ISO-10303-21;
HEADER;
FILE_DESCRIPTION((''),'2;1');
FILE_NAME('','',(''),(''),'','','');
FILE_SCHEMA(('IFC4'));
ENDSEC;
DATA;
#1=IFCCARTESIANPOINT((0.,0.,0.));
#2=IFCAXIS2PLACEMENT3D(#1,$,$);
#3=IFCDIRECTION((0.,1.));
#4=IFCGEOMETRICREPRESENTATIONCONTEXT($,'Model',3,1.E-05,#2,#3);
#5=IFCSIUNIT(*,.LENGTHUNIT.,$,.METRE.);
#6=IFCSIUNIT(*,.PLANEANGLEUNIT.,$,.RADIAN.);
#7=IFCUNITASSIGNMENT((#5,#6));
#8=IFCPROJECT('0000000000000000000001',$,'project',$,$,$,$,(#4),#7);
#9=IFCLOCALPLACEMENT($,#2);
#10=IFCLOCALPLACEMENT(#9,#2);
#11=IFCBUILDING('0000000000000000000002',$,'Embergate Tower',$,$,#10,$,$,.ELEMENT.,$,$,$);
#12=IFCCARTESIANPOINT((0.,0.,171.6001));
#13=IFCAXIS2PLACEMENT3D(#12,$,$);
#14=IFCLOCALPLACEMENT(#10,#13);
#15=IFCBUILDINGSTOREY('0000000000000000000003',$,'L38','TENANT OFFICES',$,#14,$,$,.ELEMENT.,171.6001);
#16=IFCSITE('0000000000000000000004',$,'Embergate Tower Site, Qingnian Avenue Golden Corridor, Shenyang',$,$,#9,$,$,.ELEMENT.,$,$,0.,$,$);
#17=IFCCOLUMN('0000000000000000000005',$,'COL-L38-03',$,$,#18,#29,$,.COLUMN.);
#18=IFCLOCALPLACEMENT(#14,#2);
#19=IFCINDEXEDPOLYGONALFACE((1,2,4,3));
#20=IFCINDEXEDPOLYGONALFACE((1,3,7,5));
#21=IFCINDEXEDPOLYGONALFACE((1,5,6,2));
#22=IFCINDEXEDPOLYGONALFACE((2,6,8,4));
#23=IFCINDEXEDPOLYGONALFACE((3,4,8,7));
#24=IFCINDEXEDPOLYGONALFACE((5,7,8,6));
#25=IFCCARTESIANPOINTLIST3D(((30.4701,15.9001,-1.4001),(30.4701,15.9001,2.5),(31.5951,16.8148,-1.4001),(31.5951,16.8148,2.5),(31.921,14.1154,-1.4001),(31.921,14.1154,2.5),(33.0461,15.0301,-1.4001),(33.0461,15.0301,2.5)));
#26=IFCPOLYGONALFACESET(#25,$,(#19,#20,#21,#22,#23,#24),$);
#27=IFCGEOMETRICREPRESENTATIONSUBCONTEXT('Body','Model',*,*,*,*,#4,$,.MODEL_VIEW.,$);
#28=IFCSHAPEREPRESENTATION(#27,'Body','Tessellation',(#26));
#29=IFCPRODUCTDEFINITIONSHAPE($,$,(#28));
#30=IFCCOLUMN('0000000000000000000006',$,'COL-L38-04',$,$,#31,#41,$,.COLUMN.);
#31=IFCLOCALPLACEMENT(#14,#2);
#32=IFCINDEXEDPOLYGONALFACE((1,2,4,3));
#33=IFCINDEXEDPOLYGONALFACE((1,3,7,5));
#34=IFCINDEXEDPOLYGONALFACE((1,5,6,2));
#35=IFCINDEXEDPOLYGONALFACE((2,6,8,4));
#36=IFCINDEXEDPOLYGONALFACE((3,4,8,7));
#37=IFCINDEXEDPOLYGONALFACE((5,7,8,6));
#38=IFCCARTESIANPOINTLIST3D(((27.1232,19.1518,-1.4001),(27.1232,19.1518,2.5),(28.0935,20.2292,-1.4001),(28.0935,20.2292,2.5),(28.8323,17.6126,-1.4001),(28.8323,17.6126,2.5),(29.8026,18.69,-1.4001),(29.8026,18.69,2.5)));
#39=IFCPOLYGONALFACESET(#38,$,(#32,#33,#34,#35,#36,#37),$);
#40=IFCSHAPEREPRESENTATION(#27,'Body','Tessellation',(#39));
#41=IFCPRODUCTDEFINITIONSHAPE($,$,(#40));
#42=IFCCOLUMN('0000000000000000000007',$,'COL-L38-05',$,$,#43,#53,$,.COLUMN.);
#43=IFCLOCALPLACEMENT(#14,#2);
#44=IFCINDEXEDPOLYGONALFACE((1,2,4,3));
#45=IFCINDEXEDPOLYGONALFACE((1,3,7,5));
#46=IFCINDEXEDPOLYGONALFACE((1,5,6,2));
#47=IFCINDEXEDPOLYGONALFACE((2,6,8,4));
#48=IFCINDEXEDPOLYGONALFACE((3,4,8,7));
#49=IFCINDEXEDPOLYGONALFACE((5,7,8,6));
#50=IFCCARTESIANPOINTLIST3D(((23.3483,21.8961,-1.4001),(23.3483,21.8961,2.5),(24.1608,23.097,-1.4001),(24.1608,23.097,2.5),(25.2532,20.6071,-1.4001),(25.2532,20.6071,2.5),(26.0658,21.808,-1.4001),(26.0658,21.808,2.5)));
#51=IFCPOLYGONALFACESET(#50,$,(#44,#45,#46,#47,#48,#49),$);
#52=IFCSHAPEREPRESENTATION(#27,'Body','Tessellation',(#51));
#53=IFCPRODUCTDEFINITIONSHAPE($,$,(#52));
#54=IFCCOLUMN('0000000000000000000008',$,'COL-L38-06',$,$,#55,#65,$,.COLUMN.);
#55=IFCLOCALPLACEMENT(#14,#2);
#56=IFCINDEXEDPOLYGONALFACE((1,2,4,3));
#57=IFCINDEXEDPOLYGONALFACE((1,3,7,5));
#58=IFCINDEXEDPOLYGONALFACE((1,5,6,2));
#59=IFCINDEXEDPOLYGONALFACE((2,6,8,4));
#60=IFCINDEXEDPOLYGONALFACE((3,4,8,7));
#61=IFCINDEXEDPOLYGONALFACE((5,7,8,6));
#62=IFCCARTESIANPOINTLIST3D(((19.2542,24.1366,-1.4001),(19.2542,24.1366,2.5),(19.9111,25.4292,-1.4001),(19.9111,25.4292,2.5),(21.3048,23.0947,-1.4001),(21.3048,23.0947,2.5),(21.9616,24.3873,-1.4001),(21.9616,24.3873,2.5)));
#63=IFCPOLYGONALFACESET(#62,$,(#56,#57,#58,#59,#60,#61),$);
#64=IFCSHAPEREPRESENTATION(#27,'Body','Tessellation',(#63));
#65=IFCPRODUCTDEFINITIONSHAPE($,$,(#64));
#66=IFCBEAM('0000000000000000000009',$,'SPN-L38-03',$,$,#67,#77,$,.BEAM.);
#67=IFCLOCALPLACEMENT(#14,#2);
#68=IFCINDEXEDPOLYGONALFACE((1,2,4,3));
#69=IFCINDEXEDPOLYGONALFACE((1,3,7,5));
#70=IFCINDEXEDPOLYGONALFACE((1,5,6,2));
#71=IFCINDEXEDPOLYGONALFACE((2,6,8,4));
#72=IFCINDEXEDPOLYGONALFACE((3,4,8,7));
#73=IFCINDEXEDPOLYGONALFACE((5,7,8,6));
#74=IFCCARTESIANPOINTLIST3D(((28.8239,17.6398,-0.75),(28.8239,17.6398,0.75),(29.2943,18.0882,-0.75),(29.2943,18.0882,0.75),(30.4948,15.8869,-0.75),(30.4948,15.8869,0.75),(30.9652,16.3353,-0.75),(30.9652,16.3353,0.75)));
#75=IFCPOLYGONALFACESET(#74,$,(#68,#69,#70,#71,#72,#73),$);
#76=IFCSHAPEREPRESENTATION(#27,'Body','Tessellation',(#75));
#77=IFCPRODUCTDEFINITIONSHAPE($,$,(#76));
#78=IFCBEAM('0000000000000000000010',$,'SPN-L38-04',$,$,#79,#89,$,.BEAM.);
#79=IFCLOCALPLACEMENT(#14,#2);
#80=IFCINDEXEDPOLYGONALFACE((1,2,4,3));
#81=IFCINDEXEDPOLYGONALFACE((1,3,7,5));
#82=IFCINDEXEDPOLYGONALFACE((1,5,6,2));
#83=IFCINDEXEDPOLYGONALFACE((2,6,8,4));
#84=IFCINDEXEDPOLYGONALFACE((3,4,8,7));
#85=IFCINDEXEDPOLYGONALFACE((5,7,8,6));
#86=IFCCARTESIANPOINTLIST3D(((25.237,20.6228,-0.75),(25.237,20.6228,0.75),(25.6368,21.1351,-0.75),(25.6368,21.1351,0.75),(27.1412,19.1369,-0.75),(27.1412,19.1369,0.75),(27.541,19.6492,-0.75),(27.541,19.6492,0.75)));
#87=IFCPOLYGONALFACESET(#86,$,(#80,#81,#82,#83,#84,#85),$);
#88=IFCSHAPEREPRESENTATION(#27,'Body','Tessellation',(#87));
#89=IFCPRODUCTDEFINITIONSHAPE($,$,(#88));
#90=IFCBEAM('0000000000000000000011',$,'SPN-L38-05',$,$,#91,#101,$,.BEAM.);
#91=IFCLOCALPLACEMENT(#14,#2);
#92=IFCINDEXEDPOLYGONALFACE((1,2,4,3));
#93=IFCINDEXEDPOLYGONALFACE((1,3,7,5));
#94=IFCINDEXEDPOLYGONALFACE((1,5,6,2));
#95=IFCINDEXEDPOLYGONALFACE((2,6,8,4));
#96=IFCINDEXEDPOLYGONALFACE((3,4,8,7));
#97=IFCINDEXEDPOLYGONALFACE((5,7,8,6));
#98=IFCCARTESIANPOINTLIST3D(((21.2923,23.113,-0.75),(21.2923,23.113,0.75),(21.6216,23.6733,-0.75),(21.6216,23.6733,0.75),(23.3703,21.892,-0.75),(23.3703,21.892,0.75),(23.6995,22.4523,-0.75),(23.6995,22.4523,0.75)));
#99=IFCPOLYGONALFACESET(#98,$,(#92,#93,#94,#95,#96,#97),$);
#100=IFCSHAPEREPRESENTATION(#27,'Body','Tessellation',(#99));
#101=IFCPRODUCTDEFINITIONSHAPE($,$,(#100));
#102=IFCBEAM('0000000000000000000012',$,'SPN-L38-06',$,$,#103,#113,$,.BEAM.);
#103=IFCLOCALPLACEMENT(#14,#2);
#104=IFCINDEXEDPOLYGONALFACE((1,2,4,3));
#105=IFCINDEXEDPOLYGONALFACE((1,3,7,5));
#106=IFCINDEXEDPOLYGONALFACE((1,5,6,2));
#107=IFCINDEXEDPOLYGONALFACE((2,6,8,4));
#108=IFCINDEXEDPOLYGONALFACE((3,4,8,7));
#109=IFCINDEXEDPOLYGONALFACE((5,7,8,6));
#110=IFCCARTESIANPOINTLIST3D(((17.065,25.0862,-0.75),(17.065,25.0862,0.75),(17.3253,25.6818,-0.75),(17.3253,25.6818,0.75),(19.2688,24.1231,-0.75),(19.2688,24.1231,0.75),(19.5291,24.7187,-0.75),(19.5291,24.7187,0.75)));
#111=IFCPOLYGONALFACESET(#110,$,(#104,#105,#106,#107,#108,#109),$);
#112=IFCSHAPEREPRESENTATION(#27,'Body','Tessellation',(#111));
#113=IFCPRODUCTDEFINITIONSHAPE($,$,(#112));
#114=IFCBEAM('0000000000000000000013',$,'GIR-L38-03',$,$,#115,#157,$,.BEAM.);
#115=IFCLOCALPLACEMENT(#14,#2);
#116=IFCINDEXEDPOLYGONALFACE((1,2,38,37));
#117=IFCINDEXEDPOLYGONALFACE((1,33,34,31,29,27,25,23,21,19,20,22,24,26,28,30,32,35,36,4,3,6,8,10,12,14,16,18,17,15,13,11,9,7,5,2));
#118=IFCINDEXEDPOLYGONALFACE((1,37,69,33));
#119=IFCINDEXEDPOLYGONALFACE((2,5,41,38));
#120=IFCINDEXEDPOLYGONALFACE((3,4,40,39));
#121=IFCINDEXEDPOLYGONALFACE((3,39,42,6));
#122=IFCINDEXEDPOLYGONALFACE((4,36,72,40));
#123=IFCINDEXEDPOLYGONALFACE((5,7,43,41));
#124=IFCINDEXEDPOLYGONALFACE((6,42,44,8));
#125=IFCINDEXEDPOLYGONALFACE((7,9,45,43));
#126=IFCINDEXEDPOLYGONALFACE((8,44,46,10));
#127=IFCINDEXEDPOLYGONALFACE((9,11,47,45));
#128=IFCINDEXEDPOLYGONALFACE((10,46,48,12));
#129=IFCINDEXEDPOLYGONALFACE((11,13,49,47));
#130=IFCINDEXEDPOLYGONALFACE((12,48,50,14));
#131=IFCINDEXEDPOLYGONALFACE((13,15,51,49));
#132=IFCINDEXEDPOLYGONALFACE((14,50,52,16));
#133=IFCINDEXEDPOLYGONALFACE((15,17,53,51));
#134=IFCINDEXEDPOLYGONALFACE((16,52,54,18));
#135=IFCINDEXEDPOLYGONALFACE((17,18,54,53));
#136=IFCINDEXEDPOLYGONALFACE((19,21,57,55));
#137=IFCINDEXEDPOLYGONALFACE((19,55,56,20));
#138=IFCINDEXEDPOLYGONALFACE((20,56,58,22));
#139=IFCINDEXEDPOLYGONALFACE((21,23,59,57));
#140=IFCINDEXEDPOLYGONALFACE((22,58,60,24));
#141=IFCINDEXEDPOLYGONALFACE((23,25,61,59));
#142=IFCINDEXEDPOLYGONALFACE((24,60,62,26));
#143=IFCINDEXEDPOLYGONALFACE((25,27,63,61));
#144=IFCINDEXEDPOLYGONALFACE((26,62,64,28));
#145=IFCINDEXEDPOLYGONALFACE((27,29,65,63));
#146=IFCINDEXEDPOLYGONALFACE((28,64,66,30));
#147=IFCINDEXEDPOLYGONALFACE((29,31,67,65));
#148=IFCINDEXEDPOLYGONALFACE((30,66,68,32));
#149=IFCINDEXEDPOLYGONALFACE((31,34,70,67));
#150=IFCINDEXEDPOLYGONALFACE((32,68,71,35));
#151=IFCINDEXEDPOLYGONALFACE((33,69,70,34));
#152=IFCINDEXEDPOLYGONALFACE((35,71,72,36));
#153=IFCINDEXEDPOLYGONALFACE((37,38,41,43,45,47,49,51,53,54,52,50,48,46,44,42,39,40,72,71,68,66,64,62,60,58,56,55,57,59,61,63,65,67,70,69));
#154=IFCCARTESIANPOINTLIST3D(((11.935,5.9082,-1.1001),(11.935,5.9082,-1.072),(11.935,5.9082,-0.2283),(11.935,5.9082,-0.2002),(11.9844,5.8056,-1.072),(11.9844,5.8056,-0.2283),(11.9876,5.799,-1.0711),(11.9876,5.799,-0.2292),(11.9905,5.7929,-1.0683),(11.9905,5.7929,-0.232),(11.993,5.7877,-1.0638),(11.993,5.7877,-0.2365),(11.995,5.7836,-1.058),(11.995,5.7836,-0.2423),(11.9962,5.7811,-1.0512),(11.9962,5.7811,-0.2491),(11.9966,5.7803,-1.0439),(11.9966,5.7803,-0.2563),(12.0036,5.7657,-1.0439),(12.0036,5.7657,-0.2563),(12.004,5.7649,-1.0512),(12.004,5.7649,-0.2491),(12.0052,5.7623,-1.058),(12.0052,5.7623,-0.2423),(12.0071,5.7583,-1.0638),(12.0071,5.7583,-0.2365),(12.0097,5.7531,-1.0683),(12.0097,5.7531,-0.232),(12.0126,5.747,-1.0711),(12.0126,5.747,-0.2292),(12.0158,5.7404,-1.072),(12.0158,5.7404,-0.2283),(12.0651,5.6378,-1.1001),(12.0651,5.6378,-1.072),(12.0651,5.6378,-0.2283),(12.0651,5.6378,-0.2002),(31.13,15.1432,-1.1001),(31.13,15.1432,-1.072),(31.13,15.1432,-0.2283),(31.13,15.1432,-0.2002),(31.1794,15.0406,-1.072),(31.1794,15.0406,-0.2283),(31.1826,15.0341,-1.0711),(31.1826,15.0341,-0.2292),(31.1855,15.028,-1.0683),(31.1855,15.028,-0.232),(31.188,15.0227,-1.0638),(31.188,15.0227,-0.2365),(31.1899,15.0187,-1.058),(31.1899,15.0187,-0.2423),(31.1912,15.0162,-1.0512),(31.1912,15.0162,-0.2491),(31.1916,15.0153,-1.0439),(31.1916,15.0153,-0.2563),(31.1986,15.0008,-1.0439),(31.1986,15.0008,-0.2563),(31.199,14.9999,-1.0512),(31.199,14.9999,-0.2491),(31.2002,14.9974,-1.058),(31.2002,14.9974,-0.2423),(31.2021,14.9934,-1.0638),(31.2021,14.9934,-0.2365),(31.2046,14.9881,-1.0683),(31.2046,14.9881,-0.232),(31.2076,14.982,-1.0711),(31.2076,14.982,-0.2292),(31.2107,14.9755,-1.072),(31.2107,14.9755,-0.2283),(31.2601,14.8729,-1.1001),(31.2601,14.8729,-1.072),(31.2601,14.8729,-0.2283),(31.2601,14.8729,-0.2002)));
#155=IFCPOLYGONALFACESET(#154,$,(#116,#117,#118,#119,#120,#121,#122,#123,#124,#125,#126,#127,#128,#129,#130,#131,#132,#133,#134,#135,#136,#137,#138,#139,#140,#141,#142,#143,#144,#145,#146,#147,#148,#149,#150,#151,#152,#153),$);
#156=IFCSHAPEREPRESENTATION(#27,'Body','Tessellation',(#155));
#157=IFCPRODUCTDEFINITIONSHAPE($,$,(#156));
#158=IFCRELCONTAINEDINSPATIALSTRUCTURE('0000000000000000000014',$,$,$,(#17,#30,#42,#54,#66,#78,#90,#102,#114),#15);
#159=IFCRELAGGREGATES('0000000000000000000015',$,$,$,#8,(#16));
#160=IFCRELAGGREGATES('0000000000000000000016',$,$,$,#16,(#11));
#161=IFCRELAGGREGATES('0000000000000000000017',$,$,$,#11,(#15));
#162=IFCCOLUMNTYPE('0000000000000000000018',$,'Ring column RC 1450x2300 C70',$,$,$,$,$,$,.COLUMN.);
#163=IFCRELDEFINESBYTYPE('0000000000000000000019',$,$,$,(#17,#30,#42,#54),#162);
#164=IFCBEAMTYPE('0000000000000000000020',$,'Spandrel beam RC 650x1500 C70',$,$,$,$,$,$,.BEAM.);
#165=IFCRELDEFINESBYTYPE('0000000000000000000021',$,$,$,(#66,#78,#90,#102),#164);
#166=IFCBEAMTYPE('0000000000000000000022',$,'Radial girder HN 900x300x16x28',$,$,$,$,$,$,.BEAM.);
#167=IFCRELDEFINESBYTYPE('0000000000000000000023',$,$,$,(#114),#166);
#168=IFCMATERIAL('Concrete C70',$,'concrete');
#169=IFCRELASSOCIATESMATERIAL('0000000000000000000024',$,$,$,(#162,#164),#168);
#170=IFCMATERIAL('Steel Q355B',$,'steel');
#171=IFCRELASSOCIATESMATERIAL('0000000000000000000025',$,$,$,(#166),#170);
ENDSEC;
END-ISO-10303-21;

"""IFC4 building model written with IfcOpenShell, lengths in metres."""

from ifc_helpers import new_model, si_unit, direction, frame, origin, origin_2d, place, context, subcontext, project, spatial, rectangle, i_section, extrude, source, transform, mapped, material, material_profile, profile_set, type_object, element, save


model = new_model("IFC4")

# Units and contexts
model_context = context("Model", 3, precision=1e-05, world=origin(), true_north=direction((0.0, 1.0)))
body_context = subcontext(model_context, "Body", "Model", "MODEL_VIEW")
ifc_project = project(units=[si_unit("LENGTHUNIT", "METRE"), si_unit("PLANEANGLEUNIT", "RADIAN")], contexts=[model_context])

# Site, building, storey
site_placement = place(None, origin())
site = spatial("IfcSite", under=ifc_project, at=site_placement, Name="Embergate Tower Site, Qingnian Avenue Golden Corridor, Shenyang", CompositionType="ELEMENT", RefElevation=0.0)
building_placement = place(site_placement, origin())
building = spatial("IfcBuilding", under=site, at=building_placement, Name="Embergate Tower", CompositionType="ELEMENT")
storey_placement = place(building_placement, frame((0.0, 0.0, 171.6001)))
storey = spatial("IfcBuildingStorey", under=building, at=storey_placement, Name="L38", Description="TENANT OFFICES", CompositionType="ELEMENT", Elevation=171.6001)

# Columns
ifc_material_1 = material(Name="Concrete C70", Category="concrete")
ifc_material_profile_1 = material_profile(ifc_material_1, rectangle(XDim=1.45, YDim=2.3, at=origin_2d()), Name="RC 1450x2300")
ifc_profile_set_1 = profile_set([ifc_material_profile_1], Name="Concrete C70")
column_type = type_object("IfcColumnType", Name="Ring column RC 1450x2300 C70", PredefinedType="COLUMN", material=ifc_profile_set_1)
shared_shape_1 = source(origin(), body_context, "Body", "SweptSolid", [
    extrude(rectangle(XDim=1.45, YDim=2.3, at=origin_2d()), origin(), (0.0, 0.0, 1.0), 3.9001),
])
for number, where, z_axis, x_axis, name in (
    (1, (31.7581, 15.4651, -1.4001), (0.0, 0.0, 1.0), (0.775914, 0.630838, 0.0), "COL-L38-03"),
    (2, (28.4629, 18.9209, -1.4001), (0.0, 0.0, 1.0), (0.669208, 0.743075, 0.0), "COL-L38-04"),
    (3, (24.707, 21.8521, -1.4001), (0.0, 0.0, 1.0), (0.560393, 0.828227, 0.0), "COL-L38-05"),
    (4, (20.6079, 24.262, -1.4001), (0.0, 0.0, 1.0), (0.452995, 0.891513, 0.0), "COL-L38-06"),
):
    element("IfcColumn", number, at=place(storey_placement, frame(where, z_axis=z_axis, x_axis=x_axis)), inside=storey, type_object=column_type, Name=name, PredefinedType="COLUMN", context=body_context, shape_type="MappedRepresentation", body=[
        mapped(shared_shape_1, transform((0.0, 0.0, 0.0))),
    ])

# Beams
ifc_material_profile_2 = material_profile(ifc_material_1, rectangle(XDim=0.6499, YDim=1.5, at=origin_2d()), Name="RC 650x1500")
ifc_profile_set_2 = profile_set([ifc_material_profile_2], Name="Concrete C70")
beam_type_1 = type_object("IfcBeamType", Name="Spandrel beam RC 650x1500 C70", PredefinedType="BEAM", material=ifc_profile_set_2)
shared_shape_2 = source(origin(), body_context, "Body", "SweptSolid", [
    extrude(rectangle(XDim=0.6499, YDim=1.5, at=origin_2d()), origin(), (0.0, 0.0, 1.0), 2.4216),
])
beam_1_placement = place(storey_placement, frame((30.73, 16.1111, 0.0), z_axis=(-0.689967, 0.723841, 0.0), x_axis=(-0.723841, -0.689967, 0.0)))
element("IfcBeam", 5, at=beam_1_placement, inside=storey, type_object=beam_type_1, Name="SPN-L38-03", PredefinedType="BEAM", context=body_context, shape_type="MappedRepresentation", body=[
    mapped(shared_shape_2, transform((0.0, 0.0, 0.0))),
])
shared_shape_3 = source(origin(), body_context, "Body", "SweptSolid", [
    extrude(rectangle(XDim=0.6499, YDim=1.5, at=origin_2d()), origin(), (0.0, 0.0, 1.0), 2.4153),
])
beam_2_placement = place(storey_placement, frame((27.3411, 19.3931, 0.0), z_axis=(-0.788366, 0.615207, 0.0), x_axis=(-0.615207, -0.788366, 0.0)))
element("IfcBeam", 6, at=beam_2_placement, inside=storey, type_object=beam_type_1, Name="SPN-L38-04", PredefinedType="BEAM", context=body_context, shape_type="MappedRepresentation", body=[
    mapped(shared_shape_3, transform((0.0, 0.0, 0.0))),
])
shared_shape_4 = source(origin(), body_context, "Body", "SweptSolid", [
    extrude(rectangle(XDim=0.6499, YDim=1.5, at=origin_2d()), origin(), (0.0, 0.0, 1.0), 2.4102),
])
beam_3_placement = place(storey_placement, frame((23.5349, 22.1721, 0.0), z_axis=(-0.862176, 0.506608, 0.0), x_axis=(-0.506608, -0.862176, 0.0)))
element("IfcBeam", 7, at=beam_3_placement, inside=storey, type_object=beam_type_1, Name="SPN-L38-05", PredefinedType="BEAM", context=body_context, shape_type="MappedRepresentation", body=[
    mapped(shared_shape_4, transform((0.0, 0.0, 0.0))),
])
shared_shape_5 = source(origin(), body_context, "Body", "SweptSolid", [
    extrude(rectangle(XDim=0.6499, YDim=1.5, at=origin_2d()), origin(), (0.0, 0.0, 1.0), 2.405),
])
beam_4_placement = place(storey_placement, frame((19.3989, 24.4209, 0.0), z_axis=(-0.916318, 0.400451, 0.0), x_axis=(-0.400451, -0.916318, 0.0)))
element("IfcBeam", 8, at=beam_4_placement, inside=storey, type_object=beam_type_1, Name="SPN-L38-06", PredefinedType="BEAM", context=body_context, shape_type="MappedRepresentation", body=[
    mapped(shared_shape_5, transform((0.0, 0.0, 0.0))),
])
ifc_material_2 = material(Name="Steel Q355B", Category="steel")
ifc_material_profile_3 = material_profile(ifc_material_2, i_section(OverallWidth=0.3, OverallDepth=0.8999, WebThickness=0.0161, FlangeThickness=0.0281, FilletRadius=0.0281, at=origin_2d()), Name="HN 900x300x16x28")
ifc_profile_set_3 = profile_set([ifc_material_profile_3], Name="Steel Q355 grade B")
beam_type_2 = type_object("IfcBeamType", Name="Radial girder HN 900x300x16x28", PredefinedType="BEAM", material=ifc_profile_set_3)
shared_shape_6 = source(origin(), body_context, "Body", "SweptSolid", [
    extrude(i_section(OverallWidth=0.3, OverallDepth=0.8999, WebThickness=0.0161, FlangeThickness=0.0281, FilletRadius=0.0281, at=origin_2d()), origin(), (0.0, 0.0, 1.0), 21.301),
])
beam_5_placement = place(storey_placement, frame((31.1951, 15.0081, -0.6501), z_axis=(-0.901129, -0.43355, 0.0), x_axis=(0.43355, -0.901129, 0.0)))
element("IfcBeam", 9, at=beam_5_placement, inside=storey, type_object=beam_type_2, Name="GIR-L38-03", PredefinedType="BEAM", context=body_context, shape_type="MappedRepresentation", body=[
    mapped(shared_shape_6, transform((0.0, 0.0, 0.0))),
])

save(model, "model.ifc")
